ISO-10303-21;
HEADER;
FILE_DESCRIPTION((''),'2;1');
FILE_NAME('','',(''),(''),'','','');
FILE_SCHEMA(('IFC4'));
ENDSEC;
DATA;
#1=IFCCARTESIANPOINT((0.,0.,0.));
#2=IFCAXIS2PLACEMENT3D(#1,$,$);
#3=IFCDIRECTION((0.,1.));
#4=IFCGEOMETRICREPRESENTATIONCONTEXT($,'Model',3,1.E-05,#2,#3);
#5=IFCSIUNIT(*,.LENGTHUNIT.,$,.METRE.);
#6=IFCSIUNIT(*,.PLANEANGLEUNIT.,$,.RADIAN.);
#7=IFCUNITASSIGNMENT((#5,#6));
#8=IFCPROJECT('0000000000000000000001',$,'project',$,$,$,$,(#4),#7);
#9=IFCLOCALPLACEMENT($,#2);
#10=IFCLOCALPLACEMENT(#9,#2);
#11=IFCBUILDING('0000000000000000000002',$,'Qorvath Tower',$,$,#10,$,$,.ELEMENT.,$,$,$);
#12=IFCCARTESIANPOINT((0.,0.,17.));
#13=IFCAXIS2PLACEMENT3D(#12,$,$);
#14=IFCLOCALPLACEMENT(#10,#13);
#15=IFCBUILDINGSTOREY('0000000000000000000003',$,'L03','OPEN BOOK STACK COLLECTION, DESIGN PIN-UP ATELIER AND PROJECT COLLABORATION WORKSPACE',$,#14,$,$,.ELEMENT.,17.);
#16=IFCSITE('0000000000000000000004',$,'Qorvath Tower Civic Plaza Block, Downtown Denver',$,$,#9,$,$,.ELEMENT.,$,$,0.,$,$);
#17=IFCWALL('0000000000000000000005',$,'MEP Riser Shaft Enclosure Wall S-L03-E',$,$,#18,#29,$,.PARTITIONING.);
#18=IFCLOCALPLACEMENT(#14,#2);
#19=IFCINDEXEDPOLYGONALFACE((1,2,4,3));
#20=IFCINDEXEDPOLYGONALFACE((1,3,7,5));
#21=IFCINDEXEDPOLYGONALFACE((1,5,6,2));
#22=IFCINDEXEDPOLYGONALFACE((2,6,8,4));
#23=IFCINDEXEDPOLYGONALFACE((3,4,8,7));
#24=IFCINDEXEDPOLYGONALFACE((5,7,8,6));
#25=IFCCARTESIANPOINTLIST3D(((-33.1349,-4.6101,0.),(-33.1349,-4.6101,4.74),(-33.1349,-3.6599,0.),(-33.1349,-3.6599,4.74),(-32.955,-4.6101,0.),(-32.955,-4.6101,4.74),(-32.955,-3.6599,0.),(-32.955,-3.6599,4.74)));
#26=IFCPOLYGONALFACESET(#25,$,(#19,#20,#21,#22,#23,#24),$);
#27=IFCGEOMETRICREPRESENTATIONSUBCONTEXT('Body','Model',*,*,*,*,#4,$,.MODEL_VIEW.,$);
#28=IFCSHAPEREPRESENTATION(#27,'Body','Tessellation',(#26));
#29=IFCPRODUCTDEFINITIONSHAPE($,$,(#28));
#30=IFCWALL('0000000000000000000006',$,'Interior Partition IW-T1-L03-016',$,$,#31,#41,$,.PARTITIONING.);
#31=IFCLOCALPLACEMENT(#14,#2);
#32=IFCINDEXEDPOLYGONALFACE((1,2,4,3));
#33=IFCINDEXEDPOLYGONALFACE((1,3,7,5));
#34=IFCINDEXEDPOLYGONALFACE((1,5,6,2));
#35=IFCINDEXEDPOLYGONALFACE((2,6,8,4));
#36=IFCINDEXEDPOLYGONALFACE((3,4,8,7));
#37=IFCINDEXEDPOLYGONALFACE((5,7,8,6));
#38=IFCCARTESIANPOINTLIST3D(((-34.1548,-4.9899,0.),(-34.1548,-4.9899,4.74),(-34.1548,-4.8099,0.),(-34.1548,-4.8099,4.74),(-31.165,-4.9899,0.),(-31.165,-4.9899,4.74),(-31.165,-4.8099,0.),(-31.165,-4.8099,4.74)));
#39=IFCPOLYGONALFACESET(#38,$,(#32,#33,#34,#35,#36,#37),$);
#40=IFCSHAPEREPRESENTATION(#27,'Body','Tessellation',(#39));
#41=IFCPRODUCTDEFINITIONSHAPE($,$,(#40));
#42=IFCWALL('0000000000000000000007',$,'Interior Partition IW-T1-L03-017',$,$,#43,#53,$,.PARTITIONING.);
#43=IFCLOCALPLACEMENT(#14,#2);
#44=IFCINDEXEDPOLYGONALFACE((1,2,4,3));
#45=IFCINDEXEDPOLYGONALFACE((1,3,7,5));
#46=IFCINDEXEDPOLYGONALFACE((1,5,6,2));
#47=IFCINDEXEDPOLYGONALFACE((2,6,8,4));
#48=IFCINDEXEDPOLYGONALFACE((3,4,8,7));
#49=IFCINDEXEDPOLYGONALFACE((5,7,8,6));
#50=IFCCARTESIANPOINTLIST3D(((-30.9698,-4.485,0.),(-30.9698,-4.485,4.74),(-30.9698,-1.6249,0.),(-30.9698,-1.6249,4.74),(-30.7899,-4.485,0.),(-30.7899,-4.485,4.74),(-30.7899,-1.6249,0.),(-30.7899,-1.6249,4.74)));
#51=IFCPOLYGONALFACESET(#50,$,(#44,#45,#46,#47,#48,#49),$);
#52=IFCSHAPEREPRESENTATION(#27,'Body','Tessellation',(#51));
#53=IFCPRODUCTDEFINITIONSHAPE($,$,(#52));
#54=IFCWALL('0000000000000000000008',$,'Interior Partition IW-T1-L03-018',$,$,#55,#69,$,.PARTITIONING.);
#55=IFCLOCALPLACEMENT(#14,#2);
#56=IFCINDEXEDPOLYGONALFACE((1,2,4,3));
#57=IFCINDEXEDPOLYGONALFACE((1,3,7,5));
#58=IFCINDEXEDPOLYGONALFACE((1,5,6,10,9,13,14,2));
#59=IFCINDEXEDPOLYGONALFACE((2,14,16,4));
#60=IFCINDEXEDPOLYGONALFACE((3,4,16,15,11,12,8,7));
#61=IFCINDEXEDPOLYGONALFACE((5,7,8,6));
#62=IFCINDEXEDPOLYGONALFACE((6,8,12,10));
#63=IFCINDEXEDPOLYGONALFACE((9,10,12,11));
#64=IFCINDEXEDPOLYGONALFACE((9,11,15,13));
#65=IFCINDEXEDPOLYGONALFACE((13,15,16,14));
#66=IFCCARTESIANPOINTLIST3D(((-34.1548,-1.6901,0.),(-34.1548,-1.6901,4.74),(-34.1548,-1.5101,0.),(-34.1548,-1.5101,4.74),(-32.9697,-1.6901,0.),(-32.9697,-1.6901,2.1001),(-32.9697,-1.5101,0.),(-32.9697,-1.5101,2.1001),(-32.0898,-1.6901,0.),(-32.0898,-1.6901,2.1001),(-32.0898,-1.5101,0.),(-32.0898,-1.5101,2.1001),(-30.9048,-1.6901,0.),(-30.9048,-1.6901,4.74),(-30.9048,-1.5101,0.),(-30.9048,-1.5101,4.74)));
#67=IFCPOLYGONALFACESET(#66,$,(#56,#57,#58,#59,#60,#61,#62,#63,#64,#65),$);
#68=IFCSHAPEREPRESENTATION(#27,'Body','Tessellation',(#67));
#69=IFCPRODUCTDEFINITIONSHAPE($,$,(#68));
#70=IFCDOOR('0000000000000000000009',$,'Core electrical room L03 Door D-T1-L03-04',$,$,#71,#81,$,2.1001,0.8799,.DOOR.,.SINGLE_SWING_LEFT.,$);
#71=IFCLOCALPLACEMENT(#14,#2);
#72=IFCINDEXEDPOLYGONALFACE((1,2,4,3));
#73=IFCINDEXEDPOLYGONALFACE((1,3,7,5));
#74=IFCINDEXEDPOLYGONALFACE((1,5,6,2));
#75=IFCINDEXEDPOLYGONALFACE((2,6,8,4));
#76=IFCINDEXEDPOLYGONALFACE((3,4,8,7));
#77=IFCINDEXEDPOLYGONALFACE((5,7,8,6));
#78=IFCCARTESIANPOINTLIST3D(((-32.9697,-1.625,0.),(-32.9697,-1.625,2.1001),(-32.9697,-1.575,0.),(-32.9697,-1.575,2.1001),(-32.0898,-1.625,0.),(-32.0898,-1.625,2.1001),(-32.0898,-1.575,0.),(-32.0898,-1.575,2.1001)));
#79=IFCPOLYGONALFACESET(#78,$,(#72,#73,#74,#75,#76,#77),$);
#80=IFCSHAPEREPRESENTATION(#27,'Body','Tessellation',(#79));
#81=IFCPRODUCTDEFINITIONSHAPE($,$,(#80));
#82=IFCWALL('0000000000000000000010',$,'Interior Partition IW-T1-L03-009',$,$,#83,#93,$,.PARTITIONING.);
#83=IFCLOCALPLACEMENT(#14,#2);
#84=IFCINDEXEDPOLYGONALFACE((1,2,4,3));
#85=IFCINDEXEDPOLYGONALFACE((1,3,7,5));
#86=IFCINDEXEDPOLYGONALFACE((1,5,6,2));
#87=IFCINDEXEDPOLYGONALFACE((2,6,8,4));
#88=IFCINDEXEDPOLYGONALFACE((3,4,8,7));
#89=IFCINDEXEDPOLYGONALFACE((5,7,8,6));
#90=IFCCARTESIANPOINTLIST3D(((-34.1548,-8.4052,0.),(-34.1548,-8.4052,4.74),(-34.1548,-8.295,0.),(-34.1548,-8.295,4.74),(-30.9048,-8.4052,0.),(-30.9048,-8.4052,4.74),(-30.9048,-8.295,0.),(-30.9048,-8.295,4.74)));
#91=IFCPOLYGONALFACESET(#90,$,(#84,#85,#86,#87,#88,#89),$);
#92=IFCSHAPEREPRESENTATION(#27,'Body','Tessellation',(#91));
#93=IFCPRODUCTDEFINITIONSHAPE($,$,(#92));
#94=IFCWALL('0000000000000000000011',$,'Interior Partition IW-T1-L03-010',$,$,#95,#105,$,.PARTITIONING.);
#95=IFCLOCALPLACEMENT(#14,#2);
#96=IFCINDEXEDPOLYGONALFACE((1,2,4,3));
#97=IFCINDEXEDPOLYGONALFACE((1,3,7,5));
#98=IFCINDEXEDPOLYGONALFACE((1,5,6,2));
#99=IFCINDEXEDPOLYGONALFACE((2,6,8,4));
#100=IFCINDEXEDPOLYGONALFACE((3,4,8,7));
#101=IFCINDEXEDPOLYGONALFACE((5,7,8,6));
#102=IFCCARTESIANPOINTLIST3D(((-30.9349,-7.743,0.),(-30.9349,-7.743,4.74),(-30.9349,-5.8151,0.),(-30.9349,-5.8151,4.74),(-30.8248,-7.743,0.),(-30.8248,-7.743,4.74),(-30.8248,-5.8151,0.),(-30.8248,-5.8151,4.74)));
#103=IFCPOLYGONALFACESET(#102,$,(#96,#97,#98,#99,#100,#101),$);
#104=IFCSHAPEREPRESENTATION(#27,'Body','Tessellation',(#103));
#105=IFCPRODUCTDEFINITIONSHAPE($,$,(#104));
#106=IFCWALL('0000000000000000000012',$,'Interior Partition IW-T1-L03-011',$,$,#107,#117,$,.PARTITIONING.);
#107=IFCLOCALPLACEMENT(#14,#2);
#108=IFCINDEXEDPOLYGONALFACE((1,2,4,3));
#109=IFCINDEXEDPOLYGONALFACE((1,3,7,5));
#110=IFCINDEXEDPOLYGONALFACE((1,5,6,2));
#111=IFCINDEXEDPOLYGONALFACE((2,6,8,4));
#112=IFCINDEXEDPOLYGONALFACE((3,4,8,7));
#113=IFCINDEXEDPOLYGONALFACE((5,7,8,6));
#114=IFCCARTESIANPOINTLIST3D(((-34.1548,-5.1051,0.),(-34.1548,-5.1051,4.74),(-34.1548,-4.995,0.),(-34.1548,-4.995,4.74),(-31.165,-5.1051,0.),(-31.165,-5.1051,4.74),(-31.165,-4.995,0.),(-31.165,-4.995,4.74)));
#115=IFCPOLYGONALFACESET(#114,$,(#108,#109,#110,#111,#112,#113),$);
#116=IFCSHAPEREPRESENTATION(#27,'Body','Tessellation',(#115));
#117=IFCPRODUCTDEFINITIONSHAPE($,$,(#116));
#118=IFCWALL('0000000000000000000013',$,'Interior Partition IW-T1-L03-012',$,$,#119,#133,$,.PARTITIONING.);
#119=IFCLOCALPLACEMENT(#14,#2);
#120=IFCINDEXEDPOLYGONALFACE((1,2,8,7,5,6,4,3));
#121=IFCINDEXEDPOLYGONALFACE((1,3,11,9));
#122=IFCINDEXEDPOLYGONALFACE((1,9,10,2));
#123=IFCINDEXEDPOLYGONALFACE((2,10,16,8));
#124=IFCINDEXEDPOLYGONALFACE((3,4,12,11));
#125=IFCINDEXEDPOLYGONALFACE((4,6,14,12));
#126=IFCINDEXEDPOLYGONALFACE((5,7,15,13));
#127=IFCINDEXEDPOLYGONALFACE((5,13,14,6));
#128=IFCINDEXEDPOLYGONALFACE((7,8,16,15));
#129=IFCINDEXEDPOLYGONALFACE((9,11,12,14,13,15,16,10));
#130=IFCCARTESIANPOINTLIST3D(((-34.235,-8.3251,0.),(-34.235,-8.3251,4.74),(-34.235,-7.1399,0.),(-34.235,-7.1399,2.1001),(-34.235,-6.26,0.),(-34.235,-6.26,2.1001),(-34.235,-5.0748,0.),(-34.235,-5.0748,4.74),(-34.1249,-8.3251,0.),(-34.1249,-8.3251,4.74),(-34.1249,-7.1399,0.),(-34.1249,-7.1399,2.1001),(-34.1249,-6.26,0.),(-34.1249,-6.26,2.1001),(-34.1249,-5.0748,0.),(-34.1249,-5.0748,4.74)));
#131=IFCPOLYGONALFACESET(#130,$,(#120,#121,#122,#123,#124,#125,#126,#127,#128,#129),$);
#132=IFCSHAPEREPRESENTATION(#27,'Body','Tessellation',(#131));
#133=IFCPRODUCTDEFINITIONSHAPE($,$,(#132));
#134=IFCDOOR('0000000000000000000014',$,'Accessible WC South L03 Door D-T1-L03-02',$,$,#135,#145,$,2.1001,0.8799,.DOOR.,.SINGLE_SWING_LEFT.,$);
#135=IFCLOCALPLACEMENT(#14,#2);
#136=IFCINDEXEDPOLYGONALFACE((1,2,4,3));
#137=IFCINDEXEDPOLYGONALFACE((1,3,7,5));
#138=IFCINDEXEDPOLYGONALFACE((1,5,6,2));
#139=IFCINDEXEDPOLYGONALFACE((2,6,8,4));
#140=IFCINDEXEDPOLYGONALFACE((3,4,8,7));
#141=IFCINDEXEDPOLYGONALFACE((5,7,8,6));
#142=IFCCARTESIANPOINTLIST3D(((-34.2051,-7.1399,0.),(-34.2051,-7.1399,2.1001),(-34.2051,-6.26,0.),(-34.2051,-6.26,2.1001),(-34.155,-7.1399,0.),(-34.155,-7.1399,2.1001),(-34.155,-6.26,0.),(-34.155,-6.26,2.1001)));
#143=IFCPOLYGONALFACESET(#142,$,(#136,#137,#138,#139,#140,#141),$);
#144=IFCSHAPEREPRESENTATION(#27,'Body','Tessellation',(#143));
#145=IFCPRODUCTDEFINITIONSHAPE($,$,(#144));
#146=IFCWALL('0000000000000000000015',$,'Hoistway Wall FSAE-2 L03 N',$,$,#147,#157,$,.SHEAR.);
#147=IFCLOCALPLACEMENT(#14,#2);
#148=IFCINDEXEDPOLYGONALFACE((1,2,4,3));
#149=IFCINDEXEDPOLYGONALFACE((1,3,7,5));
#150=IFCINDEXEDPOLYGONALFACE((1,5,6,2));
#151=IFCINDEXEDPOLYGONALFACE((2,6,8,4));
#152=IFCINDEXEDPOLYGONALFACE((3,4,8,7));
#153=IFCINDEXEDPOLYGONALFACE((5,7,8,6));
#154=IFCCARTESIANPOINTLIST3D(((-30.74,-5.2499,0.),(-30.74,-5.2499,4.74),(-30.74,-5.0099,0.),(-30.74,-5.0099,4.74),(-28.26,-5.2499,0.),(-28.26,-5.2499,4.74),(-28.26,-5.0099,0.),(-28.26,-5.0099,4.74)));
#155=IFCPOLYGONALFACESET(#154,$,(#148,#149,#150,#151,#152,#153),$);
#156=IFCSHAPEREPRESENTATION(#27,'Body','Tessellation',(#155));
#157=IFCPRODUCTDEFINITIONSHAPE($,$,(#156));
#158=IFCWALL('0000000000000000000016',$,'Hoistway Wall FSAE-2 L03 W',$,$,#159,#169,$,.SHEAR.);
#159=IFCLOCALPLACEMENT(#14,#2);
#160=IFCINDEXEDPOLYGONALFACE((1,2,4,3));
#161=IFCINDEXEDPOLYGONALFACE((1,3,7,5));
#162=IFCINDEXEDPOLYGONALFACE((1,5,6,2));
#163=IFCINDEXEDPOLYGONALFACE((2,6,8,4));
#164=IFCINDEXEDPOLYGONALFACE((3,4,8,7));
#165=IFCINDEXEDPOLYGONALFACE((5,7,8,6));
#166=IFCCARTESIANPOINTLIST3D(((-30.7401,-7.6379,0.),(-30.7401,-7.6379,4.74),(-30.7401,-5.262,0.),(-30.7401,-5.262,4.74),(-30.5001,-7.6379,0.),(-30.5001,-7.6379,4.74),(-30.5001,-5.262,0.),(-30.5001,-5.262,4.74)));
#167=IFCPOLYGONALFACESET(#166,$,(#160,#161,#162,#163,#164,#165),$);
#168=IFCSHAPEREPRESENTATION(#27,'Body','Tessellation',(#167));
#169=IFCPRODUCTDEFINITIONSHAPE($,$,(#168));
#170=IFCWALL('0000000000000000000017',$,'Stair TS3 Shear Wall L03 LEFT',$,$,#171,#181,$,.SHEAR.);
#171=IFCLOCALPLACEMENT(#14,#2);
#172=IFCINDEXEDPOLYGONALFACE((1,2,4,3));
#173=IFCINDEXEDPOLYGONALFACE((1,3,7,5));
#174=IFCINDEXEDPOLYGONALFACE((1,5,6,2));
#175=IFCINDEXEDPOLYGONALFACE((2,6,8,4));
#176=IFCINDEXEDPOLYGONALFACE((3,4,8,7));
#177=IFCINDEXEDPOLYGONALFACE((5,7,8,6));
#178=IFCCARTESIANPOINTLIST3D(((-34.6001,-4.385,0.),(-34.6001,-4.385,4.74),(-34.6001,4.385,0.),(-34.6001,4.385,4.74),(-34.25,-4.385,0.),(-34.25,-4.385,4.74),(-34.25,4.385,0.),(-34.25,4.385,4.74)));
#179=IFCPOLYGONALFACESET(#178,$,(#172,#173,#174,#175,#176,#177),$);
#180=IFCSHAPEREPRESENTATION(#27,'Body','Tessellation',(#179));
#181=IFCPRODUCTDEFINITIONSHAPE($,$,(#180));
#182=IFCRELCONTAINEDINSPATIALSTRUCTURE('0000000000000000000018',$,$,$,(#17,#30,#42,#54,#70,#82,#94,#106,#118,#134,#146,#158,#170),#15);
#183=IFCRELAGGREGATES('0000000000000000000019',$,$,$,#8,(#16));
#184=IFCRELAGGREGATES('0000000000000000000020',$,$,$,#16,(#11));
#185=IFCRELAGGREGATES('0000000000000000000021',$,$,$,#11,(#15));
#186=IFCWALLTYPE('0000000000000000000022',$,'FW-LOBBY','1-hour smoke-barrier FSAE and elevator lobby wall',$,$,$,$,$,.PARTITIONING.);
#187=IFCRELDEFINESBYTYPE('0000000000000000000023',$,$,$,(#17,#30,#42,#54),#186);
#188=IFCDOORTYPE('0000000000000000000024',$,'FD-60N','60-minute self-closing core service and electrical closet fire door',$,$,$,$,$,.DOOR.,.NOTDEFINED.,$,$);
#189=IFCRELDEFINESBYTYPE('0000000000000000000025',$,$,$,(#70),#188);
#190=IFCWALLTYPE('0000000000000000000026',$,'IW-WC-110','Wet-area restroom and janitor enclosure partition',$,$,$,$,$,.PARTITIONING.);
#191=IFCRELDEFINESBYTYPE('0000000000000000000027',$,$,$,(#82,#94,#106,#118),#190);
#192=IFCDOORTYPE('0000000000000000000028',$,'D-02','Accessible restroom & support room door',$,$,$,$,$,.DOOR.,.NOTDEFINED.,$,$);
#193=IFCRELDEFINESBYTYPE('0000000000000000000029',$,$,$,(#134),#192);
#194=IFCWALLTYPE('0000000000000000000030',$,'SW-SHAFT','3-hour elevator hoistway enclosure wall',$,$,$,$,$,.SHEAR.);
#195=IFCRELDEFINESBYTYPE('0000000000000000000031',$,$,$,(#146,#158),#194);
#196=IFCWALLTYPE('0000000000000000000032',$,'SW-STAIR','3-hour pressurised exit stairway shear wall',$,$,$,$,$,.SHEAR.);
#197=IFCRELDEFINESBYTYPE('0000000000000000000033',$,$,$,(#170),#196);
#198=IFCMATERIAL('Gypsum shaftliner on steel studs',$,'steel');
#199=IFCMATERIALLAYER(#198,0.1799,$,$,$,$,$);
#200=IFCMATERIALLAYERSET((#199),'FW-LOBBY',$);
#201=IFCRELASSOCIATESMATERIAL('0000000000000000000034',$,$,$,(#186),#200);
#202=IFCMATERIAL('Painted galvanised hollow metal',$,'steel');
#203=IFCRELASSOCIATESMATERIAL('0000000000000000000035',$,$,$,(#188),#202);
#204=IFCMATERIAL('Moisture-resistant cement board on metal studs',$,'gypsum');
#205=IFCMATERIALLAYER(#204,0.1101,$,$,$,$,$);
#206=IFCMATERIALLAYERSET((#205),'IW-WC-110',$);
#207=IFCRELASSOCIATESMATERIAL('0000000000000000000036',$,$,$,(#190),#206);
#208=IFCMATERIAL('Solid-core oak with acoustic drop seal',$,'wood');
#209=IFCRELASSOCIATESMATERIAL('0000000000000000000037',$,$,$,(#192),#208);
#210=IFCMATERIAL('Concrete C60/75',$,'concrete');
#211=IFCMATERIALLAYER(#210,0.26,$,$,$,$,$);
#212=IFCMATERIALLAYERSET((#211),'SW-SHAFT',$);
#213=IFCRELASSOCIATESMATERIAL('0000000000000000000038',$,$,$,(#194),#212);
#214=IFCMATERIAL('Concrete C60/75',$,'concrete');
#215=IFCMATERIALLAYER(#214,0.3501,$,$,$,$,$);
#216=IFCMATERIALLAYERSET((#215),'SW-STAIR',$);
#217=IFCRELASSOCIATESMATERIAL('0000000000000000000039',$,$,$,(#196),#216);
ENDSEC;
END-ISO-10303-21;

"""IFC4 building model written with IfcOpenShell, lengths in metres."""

from ifc_helpers import new_model, si_unit, direction, frame, frame_2d, origin, place, context, subcontext, project, spatial, rectangle, extrude, material, layer, layer_set, type_object, element, fill, save


model = new_model("IFC4")

# Units and contexts
model_context = context("Model", 3, precision=1e-05, world=origin(), true_north=direction((0.0, 1.0)))
body_context = subcontext(model_context, "Body", "Model", "MODEL_VIEW")
ifc_project = project(units=[si_unit("LENGTHUNIT", "METRE"), si_unit("PLANEANGLEUNIT", "RADIAN")], contexts=[model_context])

# Site, building, storey
site_placement = place(None, origin())
site = spatial("IfcSite", under=ifc_project, at=site_placement, Name="Qorvath Tower Civic Plaza Block, Downtown Denver", CompositionType="ELEMENT", RefElevation=0.0)
building_placement = place(site_placement, origin())
building = spatial("IfcBuilding", under=site, at=building_placement, Name="Qorvath Tower", CompositionType="ELEMENT")
storey_placement = place(building_placement, frame((0.0, 0.0, 17.0)))
storey = spatial("IfcBuildingStorey", under=building, at=storey_placement, Name="L03", Description="OPEN BOOK STACK COLLECTION, DESIGN PIN-UP ATELIER AND PROJECT COLLABORATION WORKSPACE", CompositionType="ELEMENT", Elevation=17.0)

# Walls
ifc_material_1 = material(Name="Gypsum shaftliner on steel studs", Category="steel")
ifc_layer_1 = layer(ifc_material_1, 0.1799)
ifc_layer_set_1 = layer_set([ifc_layer_1], Name="FW-LOBBY")
wall_type_1 = type_object("IfcWallType", Name="FW-LOBBY", Description="1-hour smoke-barrier FSAE and elevator lobby wall", PredefinedType="PARTITIONING", material=ifc_layer_set_1)
for number, where, z_axis, x_axis, name in (
    (1, (-33.0449, -3.6599, 0.0), (0.0, 0.0, 1.0), (0.0, -1.0, 0.0), "MEP Riser Shaft Enclosure Wall S-L03-E"),
):
    element("IfcWall", number, at=place(storey_placement, frame(where, z_axis=z_axis, x_axis=x_axis)), inside=storey, type_object=wall_type_1, Name=name, PredefinedType="PARTITIONING", context=body_context, shape_type="SweptSolid", body=[
        extrude(rectangle(XDim=0.9502, YDim=0.1799, at=frame_2d((0.4751, 0.0))), origin(), (0.0, 0.0, 1.0), 4.74),
    ])
wall_1_placement = place(storey_placement, frame((-34.1548, -4.8999, 0.0), z_axis=(0.0, 0.0, 1.0), x_axis=(1.0, 0.0, 0.0)))
element("IfcWall", 2, at=wall_1_placement, inside=storey, type_object=wall_type_1, Name="Interior Partition IW-T1-L03-016", PredefinedType="PARTITIONING", context=body_context, shape_type="SweptSolid", body=[
    extrude(rectangle(XDim=2.9897, YDim=0.1799, at=frame_2d((1.4949, 0.0))), origin(), (0.0, 0.0, 1.0), 4.74),
])
wall_2_placement = place(storey_placement, frame((-30.8799, -4.4851, 0.0), z_axis=(0.0, 0.0, 1.0), x_axis=(0.0, 1.0, 0.0)))
element("IfcWall", 3, at=wall_2_placement, inside=storey, type_object=wall_type_1, Name="Interior Partition IW-T1-L03-017", PredefinedType="PARTITIONING", context=body_context, shape_type="SweptSolid", body=[
    extrude(rectangle(XDim=2.8601, YDim=0.1799, at=frame_2d((1.4302, 0.0))), origin(), (0.0, 0.0, 1.0), 4.74),
])

# Wall, opening, door
wall_3_placement = place(storey_placement, frame((-30.9048, -1.6001, 0.0), z_axis=(0.0, 0.0, 1.0), x_axis=(-1.0, 0.0, 0.0)))
wall_3 = element("IfcWall", 4, at=wall_3_placement, inside=storey, type_object=wall_type_1, Name="Interior Partition IW-T1-L03-018", PredefinedType="PARTITIONING", context=body_context, shape_type="SweptSolid", body=[
    extrude(rectangle(XDim=3.25, YDim=0.1799, at=frame_2d((1.625, 0.0))), origin(), (0.0, 0.0, 1.0), 4.74),
])
opening_1_placement = place(wall_3_placement, frame((1.1851, 0.0, 0.0)))
opening_1 = element("IfcOpeningElement", 5, at=opening_1_placement, cuts=wall_3, PredefinedType="OPENING", context=body_context, shape_type="SweptSolid", body=[
    extrude(rectangle(XDim=0.8799, YDim=2.1001, at=frame_2d((0.4399, 1.05))), frame((0.0, 0.1001, 0.0), z_axis=(0.0, -1.0, 0.0), x_axis=(1.0, 0.0, 0.0)), (0.0, 0.0, 1.0), 0.2),
])
ifc_material_2 = material(Name="Painted galvanised hollow metal", Category="steel")
door_type_1 = type_object("IfcDoorType", Name="FD-60N", Description="60-minute self-closing core service and electrical closet fire door", OperationType="NOTDEFINED", PredefinedType="DOOR", material=ifc_material_2)
door_1_placement = place(opening_1_placement, origin())
door_1 = element("IfcDoor", 6, at=door_1_placement, inside=storey, type_object=door_type_1, Name="Core electrical room L03 Door D-T1-L03-04", OperationType="SINGLE_SWING_LEFT", OverallHeight=2.1001, OverallWidth=0.8799, PredefinedType="DOOR", context=body_context, shape_type="SweptSolid", body=[
    extrude(rectangle(XDim=0.8799, YDim=2.1001, at=frame_2d((0.4399, 1.05))), frame((0.0, 0.0249, 0.0), z_axis=(0.0, -1.0, 0.0), x_axis=(1.0, 0.0, 0.0)), (0.0, 0.0, 1.0), 0.05),
])
fill(opening_1, door_1)

# Walls
ifc_material_3 = material(Name="Moisture-resistant cement board on metal studs", Category="gypsum")
ifc_layer_2 = layer(ifc_material_3, 0.1101)
ifc_layer_set_2 = layer_set([ifc_layer_2], Name="IW-WC-110")
wall_type_2 = type_object("IfcWallType", Name="IW-WC-110", Description="Wet-area restroom and janitor enclosure partition", PredefinedType="PARTITIONING", material=ifc_layer_set_2)
wall_4_placement = place(storey_placement, frame((-34.1548, -8.3501, 0.0), z_axis=(0.0, 0.0, 1.0), x_axis=(1.0, 0.0, 0.0)))
element("IfcWall", 7, at=wall_4_placement, inside=storey, type_object=wall_type_2, Name="Interior Partition IW-T1-L03-009", PredefinedType="PARTITIONING", context=body_context, shape_type="SweptSolid", body=[
    extrude(rectangle(XDim=3.25, YDim=0.1101, at=frame_2d((1.625, 0.0))), origin(), (0.0, 0.0, 1.0), 4.74),
])
wall_5_placement = place(storey_placement, frame((-30.8799, -7.7429, 0.0), z_axis=(0.0, 0.0, 1.0), x_axis=(0.0, 1.0, 0.0)))
element("IfcWall", 8, at=wall_5_placement, inside=storey, type_object=wall_type_2, Name="Interior Partition IW-T1-L03-010", PredefinedType="PARTITIONING", context=body_context, shape_type="SweptSolid", body=[
    extrude(rectangle(XDim=1.928, YDim=0.1101, at=frame_2d((0.9639, 0.0))), origin(), (0.0, 0.0, 1.0), 4.74),
])
wall_6_placement = place(storey_placement, frame((-31.165, -5.05, 0.0), z_axis=(0.0, 0.0, 1.0), x_axis=(-1.0, 0.0, 0.0)))
element("IfcWall", 9, at=wall_6_placement, inside=storey, type_object=wall_type_2, Name="Interior Partition IW-T1-L03-011", PredefinedType="PARTITIONING", context=body_context, shape_type="SweptSolid", body=[
    extrude(rectangle(XDim=2.9897, YDim=0.1101, at=frame_2d((1.4949, 0.0))), origin(), (0.0, 0.0, 1.0), 4.74),
])

# Wall, opening, door
wall_7_placement = place(storey_placement, frame((-34.1799, -5.075, 0.0), z_axis=(0.0, 0.0, 1.0), x_axis=(0.0, -1.0, 0.0)))
wall_7 = element("IfcWall", 10, at=wall_7_placement, inside=storey, type_object=wall_type_2, Name="Interior Partition IW-T1-L03-012", PredefinedType="PARTITIONING", context=body_context, shape_type="SweptSolid", body=[
    extrude(rectangle(XDim=3.2502, YDim=0.1101, at=frame_2d((1.625, 0.0))), origin(), (0.0, 0.0, 1.0), 4.74),
])
opening_2_placement = place(wall_7_placement, frame((1.1851, 0.0, 0.0)))
opening_2 = element("IfcOpeningElement", 11, at=opening_2_placement, cuts=wall_7, PredefinedType="OPENING", context=body_context, shape_type="SweptSolid", body=[
    extrude(rectangle(XDim=0.8799, YDim=2.1001, at=frame_2d((0.4399, 1.05))), frame((0.0, 0.0649, 0.0), z_axis=(0.0, -1.0, 0.0), x_axis=(1.0, 0.0, 0.0)), (0.0, 0.0, 1.0), 0.1301),
])
ifc_material_4 = material(Name="Solid-core oak with acoustic drop seal", Category="wood")
door_type_2 = type_object("IfcDoorType", Name="D-02", Description="Accessible restroom & support room door", OperationType="NOTDEFINED", PredefinedType="DOOR", material=ifc_material_4)
door_2_placement = place(opening_2_placement, origin())
door_2 = element("IfcDoor", 12, at=door_2_placement, inside=storey, type_object=door_type_2, Name="Accessible WC South L03 Door D-T1-L03-02", OperationType="SINGLE_SWING_LEFT", OverallHeight=2.1001, OverallWidth=0.8799, PredefinedType="DOOR", context=body_context, shape_type="SweptSolid", body=[
    extrude(rectangle(XDim=0.8799, YDim=2.1001, at=frame_2d((0.4399, 1.05))), frame((0.0, 0.0249, 0.0), z_axis=(0.0, -1.0, 0.0), x_axis=(1.0, 0.0, 0.0)), (0.0, 0.0, 1.0), 0.05),
])
fill(opening_2, door_2)

# Walls
ifc_material_5 = material(Name="Concrete C60/75", Category="concrete")
ifc_layer_3 = layer(ifc_material_5, 0.26)
ifc_layer_set_3 = layer_set([ifc_layer_3], Name="SW-SHAFT")
wall_type_3 = type_object("IfcWallType", Name="SW-SHAFT", Description="3-hour elevator hoistway enclosure wall", PredefinedType="SHEAR", material=ifc_layer_set_3)
wall_8_placement = place(storey_placement, frame((-30.74, -5.1299, 0.0), z_axis=(0.0, 0.0, 1.0), x_axis=(1.0, 0.0, 0.0)))
element("IfcWall", 13, at=wall_8_placement, inside=storey, type_object=wall_type_3, Name="Hoistway Wall FSAE-2 L03 N", PredefinedType="SHEAR", context=body_context, shape_type="SweptSolid", body=[
    extrude(rectangle(XDim=2.48, YDim=0.24, at=frame_2d((1.24, 0.0))), origin(), (0.0, 0.0, 1.0), 4.74),
])
wall_9_placement = place(storey_placement, frame((-30.6201, -7.6379, 0.0), z_axis=(0.0, 0.0, 1.0), x_axis=(0.0, 1.0, 0.0)))
element("IfcWall", 14, at=wall_9_placement, inside=storey, type_object=wall_type_3, Name="Hoistway Wall FSAE-2 L03 W", PredefinedType="SHEAR", context=body_context, shape_type="SweptSolid", body=[
    extrude(rectangle(XDim=2.376, YDim=0.24, at=frame_2d((1.188, 0.0))), origin(), (0.0, 0.0, 1.0), 4.74),
])
ifc_material_6 = material(Name="Concrete C60/75", Category="concrete")
ifc_layer_4 = layer(ifc_material_6, 0.3501)
ifc_layer_set_4 = layer_set([ifc_layer_4], Name="SW-STAIR")
wall_type_4 = type_object("IfcWallType", Name="SW-STAIR", Description="3-hour pressurised exit stairway shear wall", PredefinedType="SHEAR", material=ifc_layer_set_4)
wall_10_placement = place(storey_placement, frame((-34.425, -4.385, 0.0), z_axis=(0.0, 0.0, 1.0), x_axis=(0.0, 1.0, 0.0)))
element("IfcWall", 15, at=wall_10_placement, inside=storey, type_object=wall_type_4, Name="Stair TS3 Shear Wall L03 LEFT", PredefinedType="SHEAR", context=body_context, shape_type="SweptSolid", body=[
    extrude(rectangle(XDim=8.77, YDim=0.3501, at=frame_2d((4.385, 0.0))), origin(), (0.0, 0.0, 1.0), 4.74),
])

save(model, "model.ifc")
